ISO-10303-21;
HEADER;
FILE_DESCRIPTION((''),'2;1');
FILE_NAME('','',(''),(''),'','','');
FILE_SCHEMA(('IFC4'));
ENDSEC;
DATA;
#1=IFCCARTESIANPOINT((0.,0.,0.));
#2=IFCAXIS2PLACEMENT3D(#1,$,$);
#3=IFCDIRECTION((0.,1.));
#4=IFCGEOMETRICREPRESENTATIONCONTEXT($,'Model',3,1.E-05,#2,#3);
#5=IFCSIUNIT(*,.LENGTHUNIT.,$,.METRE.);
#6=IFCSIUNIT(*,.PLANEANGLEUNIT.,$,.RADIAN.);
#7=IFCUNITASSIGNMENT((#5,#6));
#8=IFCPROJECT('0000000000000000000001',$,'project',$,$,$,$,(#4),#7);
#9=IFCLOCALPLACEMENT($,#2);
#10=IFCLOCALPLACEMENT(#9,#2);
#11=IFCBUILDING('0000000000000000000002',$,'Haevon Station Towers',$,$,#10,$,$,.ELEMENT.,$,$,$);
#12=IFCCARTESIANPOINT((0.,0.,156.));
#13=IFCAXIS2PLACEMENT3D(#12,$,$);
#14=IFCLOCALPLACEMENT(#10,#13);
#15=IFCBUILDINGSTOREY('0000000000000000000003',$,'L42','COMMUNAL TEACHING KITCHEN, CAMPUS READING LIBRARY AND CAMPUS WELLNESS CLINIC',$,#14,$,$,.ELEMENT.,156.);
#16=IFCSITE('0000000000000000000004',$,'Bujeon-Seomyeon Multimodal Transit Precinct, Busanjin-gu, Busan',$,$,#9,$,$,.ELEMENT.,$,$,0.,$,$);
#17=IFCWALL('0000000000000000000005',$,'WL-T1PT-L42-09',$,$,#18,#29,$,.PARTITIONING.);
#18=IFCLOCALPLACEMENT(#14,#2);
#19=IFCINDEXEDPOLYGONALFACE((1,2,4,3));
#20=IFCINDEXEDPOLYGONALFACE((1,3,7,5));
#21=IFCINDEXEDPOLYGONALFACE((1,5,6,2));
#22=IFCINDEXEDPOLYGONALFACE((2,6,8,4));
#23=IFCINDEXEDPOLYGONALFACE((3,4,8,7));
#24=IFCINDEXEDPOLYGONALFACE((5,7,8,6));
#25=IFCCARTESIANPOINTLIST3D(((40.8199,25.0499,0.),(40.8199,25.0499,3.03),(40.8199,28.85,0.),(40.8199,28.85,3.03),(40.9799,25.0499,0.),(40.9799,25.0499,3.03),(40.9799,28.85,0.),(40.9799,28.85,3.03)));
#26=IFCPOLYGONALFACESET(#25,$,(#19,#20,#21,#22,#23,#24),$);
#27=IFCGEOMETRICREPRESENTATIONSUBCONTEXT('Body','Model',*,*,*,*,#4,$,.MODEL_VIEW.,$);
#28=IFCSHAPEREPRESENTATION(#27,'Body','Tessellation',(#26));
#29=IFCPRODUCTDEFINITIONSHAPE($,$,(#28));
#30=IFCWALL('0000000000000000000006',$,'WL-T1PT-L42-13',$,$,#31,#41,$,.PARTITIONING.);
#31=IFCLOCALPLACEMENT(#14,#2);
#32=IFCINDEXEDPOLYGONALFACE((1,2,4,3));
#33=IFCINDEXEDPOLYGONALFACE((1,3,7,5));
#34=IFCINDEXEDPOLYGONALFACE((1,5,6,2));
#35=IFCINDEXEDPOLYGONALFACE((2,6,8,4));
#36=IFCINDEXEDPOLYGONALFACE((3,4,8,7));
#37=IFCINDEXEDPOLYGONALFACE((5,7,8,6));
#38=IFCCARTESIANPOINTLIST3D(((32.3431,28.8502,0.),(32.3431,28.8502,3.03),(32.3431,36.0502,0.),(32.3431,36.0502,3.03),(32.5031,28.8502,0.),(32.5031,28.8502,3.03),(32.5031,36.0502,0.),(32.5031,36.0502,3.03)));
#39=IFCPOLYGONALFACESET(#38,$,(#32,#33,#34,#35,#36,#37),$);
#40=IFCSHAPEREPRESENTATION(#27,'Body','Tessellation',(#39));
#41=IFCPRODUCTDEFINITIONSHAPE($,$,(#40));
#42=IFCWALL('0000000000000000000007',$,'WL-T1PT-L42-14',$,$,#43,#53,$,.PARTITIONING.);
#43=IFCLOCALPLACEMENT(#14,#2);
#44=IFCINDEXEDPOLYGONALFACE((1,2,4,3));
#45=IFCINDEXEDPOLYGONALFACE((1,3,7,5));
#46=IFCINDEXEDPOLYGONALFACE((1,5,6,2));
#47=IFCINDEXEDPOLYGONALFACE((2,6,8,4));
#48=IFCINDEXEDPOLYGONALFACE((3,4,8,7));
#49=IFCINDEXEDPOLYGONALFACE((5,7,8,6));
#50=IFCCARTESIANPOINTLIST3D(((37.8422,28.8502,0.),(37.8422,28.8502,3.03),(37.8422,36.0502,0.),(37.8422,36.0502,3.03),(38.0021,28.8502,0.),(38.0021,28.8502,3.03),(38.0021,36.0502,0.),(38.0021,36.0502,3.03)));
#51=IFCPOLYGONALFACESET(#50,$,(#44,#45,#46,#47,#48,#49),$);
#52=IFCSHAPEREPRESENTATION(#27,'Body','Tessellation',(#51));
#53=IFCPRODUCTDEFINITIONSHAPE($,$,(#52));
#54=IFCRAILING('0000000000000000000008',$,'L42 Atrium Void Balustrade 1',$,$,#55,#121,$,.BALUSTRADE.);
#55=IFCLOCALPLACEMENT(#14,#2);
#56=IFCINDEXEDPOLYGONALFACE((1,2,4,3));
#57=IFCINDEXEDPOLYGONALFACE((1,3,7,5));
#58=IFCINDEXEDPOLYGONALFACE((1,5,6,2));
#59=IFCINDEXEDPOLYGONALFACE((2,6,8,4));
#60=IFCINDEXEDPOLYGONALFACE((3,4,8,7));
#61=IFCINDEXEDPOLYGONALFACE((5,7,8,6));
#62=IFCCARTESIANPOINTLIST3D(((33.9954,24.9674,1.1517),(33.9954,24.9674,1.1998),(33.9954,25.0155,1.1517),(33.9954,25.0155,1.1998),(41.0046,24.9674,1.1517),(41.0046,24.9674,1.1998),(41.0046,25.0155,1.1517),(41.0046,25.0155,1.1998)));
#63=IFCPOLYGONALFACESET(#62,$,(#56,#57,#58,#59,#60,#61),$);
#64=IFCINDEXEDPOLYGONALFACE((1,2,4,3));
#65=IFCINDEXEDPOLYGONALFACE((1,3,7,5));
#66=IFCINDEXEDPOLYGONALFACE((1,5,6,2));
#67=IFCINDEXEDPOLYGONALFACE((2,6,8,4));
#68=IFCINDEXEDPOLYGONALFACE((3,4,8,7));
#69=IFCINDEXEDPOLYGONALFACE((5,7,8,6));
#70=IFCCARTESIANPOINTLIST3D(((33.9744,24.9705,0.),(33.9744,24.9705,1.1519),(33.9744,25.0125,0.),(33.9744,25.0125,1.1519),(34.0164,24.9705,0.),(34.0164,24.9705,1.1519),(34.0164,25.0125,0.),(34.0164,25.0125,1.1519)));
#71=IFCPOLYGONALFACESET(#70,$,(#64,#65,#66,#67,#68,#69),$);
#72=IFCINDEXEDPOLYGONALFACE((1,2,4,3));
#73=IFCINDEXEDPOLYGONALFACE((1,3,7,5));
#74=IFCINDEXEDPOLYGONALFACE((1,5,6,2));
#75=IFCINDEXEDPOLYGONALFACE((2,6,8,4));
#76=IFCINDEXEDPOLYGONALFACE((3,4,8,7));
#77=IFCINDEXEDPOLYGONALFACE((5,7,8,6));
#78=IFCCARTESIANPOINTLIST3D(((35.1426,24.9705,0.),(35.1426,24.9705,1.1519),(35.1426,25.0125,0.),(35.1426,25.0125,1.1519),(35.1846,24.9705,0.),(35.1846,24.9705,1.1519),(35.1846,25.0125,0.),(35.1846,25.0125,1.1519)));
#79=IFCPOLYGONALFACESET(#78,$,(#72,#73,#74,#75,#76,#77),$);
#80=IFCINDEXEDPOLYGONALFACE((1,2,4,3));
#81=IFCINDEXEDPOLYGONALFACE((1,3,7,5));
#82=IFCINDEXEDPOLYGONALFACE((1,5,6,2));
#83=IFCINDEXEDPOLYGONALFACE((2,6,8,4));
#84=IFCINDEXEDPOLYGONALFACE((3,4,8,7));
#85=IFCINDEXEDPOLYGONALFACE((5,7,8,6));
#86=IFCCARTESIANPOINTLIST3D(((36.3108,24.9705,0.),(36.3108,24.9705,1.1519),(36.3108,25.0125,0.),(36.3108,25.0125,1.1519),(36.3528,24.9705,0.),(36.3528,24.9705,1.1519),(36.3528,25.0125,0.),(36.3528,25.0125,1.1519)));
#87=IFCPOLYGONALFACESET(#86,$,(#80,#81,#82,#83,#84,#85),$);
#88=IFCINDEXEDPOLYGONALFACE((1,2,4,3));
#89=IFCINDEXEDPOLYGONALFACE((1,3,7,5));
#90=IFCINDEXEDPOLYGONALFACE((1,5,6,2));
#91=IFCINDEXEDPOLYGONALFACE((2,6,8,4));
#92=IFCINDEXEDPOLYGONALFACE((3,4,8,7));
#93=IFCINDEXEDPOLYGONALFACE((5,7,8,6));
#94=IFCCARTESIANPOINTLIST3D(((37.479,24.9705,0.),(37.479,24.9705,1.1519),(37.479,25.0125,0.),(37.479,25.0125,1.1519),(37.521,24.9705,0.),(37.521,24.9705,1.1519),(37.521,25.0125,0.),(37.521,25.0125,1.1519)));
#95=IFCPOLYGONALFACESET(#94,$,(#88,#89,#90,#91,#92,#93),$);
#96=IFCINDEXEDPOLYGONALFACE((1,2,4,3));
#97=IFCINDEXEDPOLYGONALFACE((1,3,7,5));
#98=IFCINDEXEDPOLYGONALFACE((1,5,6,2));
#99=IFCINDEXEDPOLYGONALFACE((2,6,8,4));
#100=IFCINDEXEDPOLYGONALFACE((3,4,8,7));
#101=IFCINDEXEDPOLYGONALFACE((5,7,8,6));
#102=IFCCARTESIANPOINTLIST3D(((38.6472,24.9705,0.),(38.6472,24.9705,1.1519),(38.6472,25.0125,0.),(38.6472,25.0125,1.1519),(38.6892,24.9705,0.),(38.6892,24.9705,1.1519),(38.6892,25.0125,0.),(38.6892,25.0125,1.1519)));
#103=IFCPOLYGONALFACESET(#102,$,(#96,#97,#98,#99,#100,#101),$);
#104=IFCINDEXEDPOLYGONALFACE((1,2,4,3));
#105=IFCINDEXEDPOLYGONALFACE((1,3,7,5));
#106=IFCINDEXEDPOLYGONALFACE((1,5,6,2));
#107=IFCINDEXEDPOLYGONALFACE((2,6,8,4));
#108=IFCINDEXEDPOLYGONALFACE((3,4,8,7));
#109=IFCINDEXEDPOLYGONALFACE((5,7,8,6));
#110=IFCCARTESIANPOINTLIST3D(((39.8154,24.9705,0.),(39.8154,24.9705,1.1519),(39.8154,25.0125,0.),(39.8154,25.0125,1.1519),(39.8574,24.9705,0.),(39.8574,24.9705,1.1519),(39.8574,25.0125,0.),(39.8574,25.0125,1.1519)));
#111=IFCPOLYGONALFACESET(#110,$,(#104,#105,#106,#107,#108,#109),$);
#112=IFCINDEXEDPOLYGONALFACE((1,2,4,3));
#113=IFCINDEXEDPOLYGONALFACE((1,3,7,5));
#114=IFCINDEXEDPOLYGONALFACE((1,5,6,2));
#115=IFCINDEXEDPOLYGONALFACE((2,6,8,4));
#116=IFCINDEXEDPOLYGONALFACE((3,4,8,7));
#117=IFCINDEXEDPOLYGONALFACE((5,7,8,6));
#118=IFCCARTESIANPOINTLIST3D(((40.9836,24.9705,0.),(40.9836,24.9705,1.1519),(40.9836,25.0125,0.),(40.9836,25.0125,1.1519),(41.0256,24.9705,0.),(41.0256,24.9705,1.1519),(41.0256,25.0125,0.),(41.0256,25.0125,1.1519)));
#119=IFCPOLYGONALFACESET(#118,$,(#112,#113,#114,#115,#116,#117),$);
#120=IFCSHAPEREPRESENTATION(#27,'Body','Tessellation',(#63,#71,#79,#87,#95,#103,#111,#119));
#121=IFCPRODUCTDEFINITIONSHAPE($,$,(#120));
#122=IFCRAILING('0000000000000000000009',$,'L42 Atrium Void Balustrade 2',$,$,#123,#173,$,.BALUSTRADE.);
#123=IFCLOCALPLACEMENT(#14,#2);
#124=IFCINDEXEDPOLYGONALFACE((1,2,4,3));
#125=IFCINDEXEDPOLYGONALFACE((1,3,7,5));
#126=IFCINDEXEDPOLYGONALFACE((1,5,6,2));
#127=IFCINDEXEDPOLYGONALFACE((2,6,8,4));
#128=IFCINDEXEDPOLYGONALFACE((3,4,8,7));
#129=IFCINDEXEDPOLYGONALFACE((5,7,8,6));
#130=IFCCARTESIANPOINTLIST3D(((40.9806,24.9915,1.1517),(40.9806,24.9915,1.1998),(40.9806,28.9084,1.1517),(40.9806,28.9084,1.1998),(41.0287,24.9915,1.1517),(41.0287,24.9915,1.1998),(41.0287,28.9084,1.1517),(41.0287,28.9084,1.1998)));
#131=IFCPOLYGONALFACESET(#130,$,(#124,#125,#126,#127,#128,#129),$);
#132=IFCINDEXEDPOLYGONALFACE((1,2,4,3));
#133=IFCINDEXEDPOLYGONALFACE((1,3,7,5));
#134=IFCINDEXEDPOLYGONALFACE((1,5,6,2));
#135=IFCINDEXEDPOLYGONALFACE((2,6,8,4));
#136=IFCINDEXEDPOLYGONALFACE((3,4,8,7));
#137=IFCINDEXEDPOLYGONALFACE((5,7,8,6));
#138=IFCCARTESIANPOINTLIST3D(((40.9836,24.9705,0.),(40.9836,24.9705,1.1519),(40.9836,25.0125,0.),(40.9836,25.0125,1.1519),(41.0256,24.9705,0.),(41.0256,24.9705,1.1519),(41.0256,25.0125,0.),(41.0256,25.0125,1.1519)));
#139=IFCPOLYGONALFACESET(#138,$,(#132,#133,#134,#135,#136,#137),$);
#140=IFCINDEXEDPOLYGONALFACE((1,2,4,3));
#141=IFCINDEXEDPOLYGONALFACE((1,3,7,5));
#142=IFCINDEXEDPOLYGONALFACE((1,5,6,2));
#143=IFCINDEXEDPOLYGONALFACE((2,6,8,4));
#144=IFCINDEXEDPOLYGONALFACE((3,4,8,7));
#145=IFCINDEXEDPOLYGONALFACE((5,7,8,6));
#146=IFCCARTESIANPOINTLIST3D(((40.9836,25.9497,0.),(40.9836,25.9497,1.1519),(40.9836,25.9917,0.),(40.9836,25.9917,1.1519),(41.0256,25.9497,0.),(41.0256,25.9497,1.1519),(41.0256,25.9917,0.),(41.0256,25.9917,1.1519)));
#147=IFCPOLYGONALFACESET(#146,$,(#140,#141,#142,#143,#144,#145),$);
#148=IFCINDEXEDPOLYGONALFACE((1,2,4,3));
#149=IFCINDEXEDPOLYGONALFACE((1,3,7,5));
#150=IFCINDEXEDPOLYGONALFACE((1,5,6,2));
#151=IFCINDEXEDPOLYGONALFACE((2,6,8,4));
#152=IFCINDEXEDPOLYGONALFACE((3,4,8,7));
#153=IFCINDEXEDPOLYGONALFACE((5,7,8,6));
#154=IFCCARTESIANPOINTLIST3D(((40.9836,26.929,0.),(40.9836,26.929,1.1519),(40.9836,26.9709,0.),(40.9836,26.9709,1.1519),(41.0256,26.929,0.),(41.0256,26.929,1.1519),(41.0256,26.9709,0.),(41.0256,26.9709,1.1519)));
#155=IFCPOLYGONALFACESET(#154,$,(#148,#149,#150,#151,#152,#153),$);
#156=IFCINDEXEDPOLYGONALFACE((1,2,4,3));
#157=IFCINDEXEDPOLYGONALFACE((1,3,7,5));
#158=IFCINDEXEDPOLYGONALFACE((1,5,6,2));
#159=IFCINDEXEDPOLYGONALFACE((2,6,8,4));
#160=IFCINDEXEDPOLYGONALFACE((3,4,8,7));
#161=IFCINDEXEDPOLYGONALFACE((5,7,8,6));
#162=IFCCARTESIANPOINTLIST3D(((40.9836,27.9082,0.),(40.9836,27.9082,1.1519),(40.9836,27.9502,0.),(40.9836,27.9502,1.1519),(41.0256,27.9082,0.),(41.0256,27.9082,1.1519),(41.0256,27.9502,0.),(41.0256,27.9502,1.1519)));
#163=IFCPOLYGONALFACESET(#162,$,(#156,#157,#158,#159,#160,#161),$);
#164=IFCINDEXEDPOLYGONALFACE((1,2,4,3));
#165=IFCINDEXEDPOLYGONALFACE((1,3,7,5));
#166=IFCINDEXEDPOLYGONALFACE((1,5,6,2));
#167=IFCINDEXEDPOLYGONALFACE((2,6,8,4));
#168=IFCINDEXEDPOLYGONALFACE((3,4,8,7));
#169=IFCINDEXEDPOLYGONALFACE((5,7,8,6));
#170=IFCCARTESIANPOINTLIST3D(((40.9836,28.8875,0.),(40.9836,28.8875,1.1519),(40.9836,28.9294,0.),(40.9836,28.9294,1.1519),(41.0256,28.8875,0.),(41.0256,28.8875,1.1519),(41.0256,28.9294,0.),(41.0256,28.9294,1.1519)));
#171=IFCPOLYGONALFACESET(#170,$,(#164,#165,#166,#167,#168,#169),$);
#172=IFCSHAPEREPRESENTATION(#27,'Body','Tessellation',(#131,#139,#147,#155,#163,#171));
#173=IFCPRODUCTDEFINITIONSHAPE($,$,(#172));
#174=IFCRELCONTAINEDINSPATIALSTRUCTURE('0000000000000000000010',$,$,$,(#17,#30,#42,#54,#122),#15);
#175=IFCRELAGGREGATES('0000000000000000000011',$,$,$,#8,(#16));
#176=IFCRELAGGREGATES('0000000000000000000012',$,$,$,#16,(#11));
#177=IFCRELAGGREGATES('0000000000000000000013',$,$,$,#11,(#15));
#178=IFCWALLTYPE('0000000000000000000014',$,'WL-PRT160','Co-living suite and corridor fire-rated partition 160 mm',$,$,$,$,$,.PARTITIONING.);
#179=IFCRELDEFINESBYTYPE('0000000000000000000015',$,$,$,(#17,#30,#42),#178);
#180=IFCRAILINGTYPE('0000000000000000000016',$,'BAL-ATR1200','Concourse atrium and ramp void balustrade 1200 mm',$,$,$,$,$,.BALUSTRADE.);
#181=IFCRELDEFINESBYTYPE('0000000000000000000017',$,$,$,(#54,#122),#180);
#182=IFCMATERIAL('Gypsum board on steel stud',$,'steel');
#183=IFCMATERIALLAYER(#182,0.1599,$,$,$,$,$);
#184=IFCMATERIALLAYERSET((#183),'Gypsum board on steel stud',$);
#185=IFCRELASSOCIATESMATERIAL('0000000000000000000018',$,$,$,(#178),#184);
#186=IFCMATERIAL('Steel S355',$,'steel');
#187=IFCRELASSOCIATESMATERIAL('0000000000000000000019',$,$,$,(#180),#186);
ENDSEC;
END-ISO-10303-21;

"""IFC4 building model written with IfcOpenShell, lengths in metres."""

from ifc_helpers import new_model, si_unit, direction, frame, frame_2d, origin, origin_2d, place, context, subcontext, project, spatial, rectangle, extrude, material, layer, layer_set, type_object, element, save


model = new_model("IFC4")

# Units and contexts
model_context = context("Model", 3, precision=1e-05, world=origin(), true_north=direction((0.0, 1.0)))
body_context = subcontext(model_context, "Body", "Model", "MODEL_VIEW")
ifc_project = project(units=[si_unit("LENGTHUNIT", "METRE"), si_unit("PLANEANGLEUNIT", "RADIAN")], contexts=[model_context])

# Site, building, storey
site_placement = place(None, origin())
site = spatial("IfcSite", under=ifc_project, at=site_placement, Name="Bujeon-Seomyeon Multimodal Transit Precinct, Busanjin-gu, Busan", CompositionType="ELEMENT", RefElevation=0.0)
building_placement = place(site_placement, origin())
building = spatial("IfcBuilding", under=site, at=building_placement, Name="Haevon Station Towers", CompositionType="ELEMENT")
storey_placement = place(building_placement, frame((0.0, 0.0, 156.0)))
storey = spatial("IfcBuildingStorey", under=building, at=storey_placement, Name="L42", Description="COMMUNAL TEACHING KITCHEN, CAMPUS READING LIBRARY AND CAMPUS WELLNESS CLINIC", CompositionType="ELEMENT", Elevation=156.0)

# Shared definitions
ifc_material_1 = material(Name="Steel S355", Category="steel")

# Shared definitions
ifc_material_2 = material(Name="Gypsum board on steel stud", Category="steel")

# Walls
ifc_layer_1 = layer(ifc_material_2, 0.1599)
ifc_layer_set_1 = layer_set([ifc_layer_1], Name="Gypsum board on steel stud")
wall_type_1 = type_object("IfcWallType", Name="WL-PRT160", Description="Co-living suite and corridor fire-rated partition 160 mm", PredefinedType="PARTITIONING", material=ifc_layer_set_1)
for number, where, z_axis, x_axis, name in (
    (1, (40.8999, 25.05, 0.0), (0.0, 0.0, 1.0), (0.0, 1.0, 0.0), "WL-T1PT-L42-09"),
):
    element("IfcWall", number, at=place(storey_placement, frame(where, z_axis=z_axis, x_axis=x_axis)), inside=storey, type_object=wall_type_1, Name=name, PredefinedType="PARTITIONING", context=body_context, shape_type="SweptSolid", body=[
        extrude(rectangle(XDim=3.8, YDim=0.1599, at=frame_2d((1.8999, 0.0))), origin(), (0.0, 0.0, 1.0), 3.03),
    ])
for number, where, z_axis, x_axis, name in (
    (2, (32.4231, 28.8501, 0.0), (0.0, 0.0, 1.0), (0.0, 1.0, 0.0), "WL-T1PT-L42-13"),
    (3, (37.9221, 28.8501, 0.0), (0.0, 0.0, 1.0), (0.0, 1.0, 0.0), "WL-T1PT-L42-14"),
):
    element("IfcWall", number, at=place(storey_placement, frame(where, z_axis=z_axis, x_axis=x_axis)), inside=storey, type_object=wall_type_1, Name=name, PredefinedType="PARTITIONING", context=body_context, shape_type="SweptSolid", body=[
        extrude(rectangle(XDim=7.2, YDim=0.1599, at=frame_2d((3.6001, 0.0))), origin(), (0.0, 0.0, 1.0), 3.03),
    ])

# Railings
railing_type_1 = type_object("IfcRailingType", Name="BAL-ATR1200", Description="Concourse atrium and ramp void balustrade 1200 mm", PredefinedType="BALUSTRADE", material=ifc_material_1)
railing_1_placement = place(storey_placement, frame((33.9954, 24.9915, 0.0)))
element("IfcRailing", 4, at=railing_1_placement, inside=storey, type_object=railing_type_1, Name="L42 Atrium Void Balustrade 1", PredefinedType="BALUSTRADE", context=body_context, shape_type="SweptSolid", body=[
    extrude(rectangle(XDim=0.0481, YDim=0.0481, at=origin_2d()), frame((0.0, 0.0, 1.1758), z_axis=(1.0, 0.0, 0.0), x_axis=(0.0, 1.0, 0.0)), (0.0, 0.0, 1.0), 7.0093),
    extrude(rectangle(XDim=0.042, YDim=0.042, at=origin_2d()), origin(), (0.0, 0.0, 1.0), 1.1519),
    extrude(rectangle(XDim=0.042, YDim=0.042, at=origin_2d()), frame((1.1682, 0.0, 0.0)), (0.0, 0.0, 1.0), 1.1519),
    extrude(rectangle(XDim=0.042, YDim=0.042, at=origin_2d()), frame((2.3364, 0.0, 0.0)), (0.0, 0.0, 1.0), 1.1519),
    extrude(rectangle(XDim=0.042, YDim=0.042, at=origin_2d()), frame((3.5046, 0.0, 0.0)), (0.0, 0.0, 1.0), 1.1519),
    extrude(rectangle(XDim=0.042, YDim=0.042, at=origin_2d()), frame((4.6729, 0.0, 0.0)), (0.0, 0.0, 1.0), 1.1519),
    extrude(rectangle(XDim=0.042, YDim=0.042, at=origin_2d()), frame((5.8411, 0.0, 0.0)), (0.0, 0.0, 1.0), 1.1519),
    extrude(rectangle(XDim=0.042, YDim=0.042, at=origin_2d()), frame((7.0093, 0.0, 0.0)), (0.0, 0.0, 1.0), 1.1519),
])
railing_2_placement = place(storey_placement, frame((41.0046, 24.9915, 0.0)))
element("IfcRailing", 5, at=railing_2_placement, inside=storey, type_object=railing_type_1, Name="L42 Atrium Void Balustrade 2", PredefinedType="BALUSTRADE", context=body_context, shape_type="SweptSolid", body=[
    extrude(rectangle(XDim=0.0481, YDim=0.0481, at=origin_2d()), frame((0.0, 0.0, 1.1758), z_axis=(0.0, 1.0, 0.0), x_axis=(-1.0, 0.0, 0.0)), (0.0, 0.0, 1.0), 3.917),
    extrude(rectangle(XDim=0.042, YDim=0.042, at=origin_2d()), origin(), (0.0, 0.0, 1.0), 1.1519),
    extrude(rectangle(XDim=0.042, YDim=0.042, at=origin_2d()), frame((0.0, 0.9792, 0.0)), (0.0, 0.0, 1.0), 1.1519),
    extrude(rectangle(XDim=0.042, YDim=0.042, at=origin_2d()), frame((0.0, 1.9585, 0.0)), (0.0, 0.0, 1.0), 1.1519),
    extrude(rectangle(XDim=0.042, YDim=0.042, at=origin_2d()), frame((0.0, 2.9377, 0.0)), (0.0, 0.0, 1.0), 1.1519),
    extrude(rectangle(XDim=0.042, YDim=0.042, at=origin_2d()), frame((0.0, 3.917, 0.0)), (0.0, 0.0, 1.0), 1.1519),
])

save(model, "model.ifc")
